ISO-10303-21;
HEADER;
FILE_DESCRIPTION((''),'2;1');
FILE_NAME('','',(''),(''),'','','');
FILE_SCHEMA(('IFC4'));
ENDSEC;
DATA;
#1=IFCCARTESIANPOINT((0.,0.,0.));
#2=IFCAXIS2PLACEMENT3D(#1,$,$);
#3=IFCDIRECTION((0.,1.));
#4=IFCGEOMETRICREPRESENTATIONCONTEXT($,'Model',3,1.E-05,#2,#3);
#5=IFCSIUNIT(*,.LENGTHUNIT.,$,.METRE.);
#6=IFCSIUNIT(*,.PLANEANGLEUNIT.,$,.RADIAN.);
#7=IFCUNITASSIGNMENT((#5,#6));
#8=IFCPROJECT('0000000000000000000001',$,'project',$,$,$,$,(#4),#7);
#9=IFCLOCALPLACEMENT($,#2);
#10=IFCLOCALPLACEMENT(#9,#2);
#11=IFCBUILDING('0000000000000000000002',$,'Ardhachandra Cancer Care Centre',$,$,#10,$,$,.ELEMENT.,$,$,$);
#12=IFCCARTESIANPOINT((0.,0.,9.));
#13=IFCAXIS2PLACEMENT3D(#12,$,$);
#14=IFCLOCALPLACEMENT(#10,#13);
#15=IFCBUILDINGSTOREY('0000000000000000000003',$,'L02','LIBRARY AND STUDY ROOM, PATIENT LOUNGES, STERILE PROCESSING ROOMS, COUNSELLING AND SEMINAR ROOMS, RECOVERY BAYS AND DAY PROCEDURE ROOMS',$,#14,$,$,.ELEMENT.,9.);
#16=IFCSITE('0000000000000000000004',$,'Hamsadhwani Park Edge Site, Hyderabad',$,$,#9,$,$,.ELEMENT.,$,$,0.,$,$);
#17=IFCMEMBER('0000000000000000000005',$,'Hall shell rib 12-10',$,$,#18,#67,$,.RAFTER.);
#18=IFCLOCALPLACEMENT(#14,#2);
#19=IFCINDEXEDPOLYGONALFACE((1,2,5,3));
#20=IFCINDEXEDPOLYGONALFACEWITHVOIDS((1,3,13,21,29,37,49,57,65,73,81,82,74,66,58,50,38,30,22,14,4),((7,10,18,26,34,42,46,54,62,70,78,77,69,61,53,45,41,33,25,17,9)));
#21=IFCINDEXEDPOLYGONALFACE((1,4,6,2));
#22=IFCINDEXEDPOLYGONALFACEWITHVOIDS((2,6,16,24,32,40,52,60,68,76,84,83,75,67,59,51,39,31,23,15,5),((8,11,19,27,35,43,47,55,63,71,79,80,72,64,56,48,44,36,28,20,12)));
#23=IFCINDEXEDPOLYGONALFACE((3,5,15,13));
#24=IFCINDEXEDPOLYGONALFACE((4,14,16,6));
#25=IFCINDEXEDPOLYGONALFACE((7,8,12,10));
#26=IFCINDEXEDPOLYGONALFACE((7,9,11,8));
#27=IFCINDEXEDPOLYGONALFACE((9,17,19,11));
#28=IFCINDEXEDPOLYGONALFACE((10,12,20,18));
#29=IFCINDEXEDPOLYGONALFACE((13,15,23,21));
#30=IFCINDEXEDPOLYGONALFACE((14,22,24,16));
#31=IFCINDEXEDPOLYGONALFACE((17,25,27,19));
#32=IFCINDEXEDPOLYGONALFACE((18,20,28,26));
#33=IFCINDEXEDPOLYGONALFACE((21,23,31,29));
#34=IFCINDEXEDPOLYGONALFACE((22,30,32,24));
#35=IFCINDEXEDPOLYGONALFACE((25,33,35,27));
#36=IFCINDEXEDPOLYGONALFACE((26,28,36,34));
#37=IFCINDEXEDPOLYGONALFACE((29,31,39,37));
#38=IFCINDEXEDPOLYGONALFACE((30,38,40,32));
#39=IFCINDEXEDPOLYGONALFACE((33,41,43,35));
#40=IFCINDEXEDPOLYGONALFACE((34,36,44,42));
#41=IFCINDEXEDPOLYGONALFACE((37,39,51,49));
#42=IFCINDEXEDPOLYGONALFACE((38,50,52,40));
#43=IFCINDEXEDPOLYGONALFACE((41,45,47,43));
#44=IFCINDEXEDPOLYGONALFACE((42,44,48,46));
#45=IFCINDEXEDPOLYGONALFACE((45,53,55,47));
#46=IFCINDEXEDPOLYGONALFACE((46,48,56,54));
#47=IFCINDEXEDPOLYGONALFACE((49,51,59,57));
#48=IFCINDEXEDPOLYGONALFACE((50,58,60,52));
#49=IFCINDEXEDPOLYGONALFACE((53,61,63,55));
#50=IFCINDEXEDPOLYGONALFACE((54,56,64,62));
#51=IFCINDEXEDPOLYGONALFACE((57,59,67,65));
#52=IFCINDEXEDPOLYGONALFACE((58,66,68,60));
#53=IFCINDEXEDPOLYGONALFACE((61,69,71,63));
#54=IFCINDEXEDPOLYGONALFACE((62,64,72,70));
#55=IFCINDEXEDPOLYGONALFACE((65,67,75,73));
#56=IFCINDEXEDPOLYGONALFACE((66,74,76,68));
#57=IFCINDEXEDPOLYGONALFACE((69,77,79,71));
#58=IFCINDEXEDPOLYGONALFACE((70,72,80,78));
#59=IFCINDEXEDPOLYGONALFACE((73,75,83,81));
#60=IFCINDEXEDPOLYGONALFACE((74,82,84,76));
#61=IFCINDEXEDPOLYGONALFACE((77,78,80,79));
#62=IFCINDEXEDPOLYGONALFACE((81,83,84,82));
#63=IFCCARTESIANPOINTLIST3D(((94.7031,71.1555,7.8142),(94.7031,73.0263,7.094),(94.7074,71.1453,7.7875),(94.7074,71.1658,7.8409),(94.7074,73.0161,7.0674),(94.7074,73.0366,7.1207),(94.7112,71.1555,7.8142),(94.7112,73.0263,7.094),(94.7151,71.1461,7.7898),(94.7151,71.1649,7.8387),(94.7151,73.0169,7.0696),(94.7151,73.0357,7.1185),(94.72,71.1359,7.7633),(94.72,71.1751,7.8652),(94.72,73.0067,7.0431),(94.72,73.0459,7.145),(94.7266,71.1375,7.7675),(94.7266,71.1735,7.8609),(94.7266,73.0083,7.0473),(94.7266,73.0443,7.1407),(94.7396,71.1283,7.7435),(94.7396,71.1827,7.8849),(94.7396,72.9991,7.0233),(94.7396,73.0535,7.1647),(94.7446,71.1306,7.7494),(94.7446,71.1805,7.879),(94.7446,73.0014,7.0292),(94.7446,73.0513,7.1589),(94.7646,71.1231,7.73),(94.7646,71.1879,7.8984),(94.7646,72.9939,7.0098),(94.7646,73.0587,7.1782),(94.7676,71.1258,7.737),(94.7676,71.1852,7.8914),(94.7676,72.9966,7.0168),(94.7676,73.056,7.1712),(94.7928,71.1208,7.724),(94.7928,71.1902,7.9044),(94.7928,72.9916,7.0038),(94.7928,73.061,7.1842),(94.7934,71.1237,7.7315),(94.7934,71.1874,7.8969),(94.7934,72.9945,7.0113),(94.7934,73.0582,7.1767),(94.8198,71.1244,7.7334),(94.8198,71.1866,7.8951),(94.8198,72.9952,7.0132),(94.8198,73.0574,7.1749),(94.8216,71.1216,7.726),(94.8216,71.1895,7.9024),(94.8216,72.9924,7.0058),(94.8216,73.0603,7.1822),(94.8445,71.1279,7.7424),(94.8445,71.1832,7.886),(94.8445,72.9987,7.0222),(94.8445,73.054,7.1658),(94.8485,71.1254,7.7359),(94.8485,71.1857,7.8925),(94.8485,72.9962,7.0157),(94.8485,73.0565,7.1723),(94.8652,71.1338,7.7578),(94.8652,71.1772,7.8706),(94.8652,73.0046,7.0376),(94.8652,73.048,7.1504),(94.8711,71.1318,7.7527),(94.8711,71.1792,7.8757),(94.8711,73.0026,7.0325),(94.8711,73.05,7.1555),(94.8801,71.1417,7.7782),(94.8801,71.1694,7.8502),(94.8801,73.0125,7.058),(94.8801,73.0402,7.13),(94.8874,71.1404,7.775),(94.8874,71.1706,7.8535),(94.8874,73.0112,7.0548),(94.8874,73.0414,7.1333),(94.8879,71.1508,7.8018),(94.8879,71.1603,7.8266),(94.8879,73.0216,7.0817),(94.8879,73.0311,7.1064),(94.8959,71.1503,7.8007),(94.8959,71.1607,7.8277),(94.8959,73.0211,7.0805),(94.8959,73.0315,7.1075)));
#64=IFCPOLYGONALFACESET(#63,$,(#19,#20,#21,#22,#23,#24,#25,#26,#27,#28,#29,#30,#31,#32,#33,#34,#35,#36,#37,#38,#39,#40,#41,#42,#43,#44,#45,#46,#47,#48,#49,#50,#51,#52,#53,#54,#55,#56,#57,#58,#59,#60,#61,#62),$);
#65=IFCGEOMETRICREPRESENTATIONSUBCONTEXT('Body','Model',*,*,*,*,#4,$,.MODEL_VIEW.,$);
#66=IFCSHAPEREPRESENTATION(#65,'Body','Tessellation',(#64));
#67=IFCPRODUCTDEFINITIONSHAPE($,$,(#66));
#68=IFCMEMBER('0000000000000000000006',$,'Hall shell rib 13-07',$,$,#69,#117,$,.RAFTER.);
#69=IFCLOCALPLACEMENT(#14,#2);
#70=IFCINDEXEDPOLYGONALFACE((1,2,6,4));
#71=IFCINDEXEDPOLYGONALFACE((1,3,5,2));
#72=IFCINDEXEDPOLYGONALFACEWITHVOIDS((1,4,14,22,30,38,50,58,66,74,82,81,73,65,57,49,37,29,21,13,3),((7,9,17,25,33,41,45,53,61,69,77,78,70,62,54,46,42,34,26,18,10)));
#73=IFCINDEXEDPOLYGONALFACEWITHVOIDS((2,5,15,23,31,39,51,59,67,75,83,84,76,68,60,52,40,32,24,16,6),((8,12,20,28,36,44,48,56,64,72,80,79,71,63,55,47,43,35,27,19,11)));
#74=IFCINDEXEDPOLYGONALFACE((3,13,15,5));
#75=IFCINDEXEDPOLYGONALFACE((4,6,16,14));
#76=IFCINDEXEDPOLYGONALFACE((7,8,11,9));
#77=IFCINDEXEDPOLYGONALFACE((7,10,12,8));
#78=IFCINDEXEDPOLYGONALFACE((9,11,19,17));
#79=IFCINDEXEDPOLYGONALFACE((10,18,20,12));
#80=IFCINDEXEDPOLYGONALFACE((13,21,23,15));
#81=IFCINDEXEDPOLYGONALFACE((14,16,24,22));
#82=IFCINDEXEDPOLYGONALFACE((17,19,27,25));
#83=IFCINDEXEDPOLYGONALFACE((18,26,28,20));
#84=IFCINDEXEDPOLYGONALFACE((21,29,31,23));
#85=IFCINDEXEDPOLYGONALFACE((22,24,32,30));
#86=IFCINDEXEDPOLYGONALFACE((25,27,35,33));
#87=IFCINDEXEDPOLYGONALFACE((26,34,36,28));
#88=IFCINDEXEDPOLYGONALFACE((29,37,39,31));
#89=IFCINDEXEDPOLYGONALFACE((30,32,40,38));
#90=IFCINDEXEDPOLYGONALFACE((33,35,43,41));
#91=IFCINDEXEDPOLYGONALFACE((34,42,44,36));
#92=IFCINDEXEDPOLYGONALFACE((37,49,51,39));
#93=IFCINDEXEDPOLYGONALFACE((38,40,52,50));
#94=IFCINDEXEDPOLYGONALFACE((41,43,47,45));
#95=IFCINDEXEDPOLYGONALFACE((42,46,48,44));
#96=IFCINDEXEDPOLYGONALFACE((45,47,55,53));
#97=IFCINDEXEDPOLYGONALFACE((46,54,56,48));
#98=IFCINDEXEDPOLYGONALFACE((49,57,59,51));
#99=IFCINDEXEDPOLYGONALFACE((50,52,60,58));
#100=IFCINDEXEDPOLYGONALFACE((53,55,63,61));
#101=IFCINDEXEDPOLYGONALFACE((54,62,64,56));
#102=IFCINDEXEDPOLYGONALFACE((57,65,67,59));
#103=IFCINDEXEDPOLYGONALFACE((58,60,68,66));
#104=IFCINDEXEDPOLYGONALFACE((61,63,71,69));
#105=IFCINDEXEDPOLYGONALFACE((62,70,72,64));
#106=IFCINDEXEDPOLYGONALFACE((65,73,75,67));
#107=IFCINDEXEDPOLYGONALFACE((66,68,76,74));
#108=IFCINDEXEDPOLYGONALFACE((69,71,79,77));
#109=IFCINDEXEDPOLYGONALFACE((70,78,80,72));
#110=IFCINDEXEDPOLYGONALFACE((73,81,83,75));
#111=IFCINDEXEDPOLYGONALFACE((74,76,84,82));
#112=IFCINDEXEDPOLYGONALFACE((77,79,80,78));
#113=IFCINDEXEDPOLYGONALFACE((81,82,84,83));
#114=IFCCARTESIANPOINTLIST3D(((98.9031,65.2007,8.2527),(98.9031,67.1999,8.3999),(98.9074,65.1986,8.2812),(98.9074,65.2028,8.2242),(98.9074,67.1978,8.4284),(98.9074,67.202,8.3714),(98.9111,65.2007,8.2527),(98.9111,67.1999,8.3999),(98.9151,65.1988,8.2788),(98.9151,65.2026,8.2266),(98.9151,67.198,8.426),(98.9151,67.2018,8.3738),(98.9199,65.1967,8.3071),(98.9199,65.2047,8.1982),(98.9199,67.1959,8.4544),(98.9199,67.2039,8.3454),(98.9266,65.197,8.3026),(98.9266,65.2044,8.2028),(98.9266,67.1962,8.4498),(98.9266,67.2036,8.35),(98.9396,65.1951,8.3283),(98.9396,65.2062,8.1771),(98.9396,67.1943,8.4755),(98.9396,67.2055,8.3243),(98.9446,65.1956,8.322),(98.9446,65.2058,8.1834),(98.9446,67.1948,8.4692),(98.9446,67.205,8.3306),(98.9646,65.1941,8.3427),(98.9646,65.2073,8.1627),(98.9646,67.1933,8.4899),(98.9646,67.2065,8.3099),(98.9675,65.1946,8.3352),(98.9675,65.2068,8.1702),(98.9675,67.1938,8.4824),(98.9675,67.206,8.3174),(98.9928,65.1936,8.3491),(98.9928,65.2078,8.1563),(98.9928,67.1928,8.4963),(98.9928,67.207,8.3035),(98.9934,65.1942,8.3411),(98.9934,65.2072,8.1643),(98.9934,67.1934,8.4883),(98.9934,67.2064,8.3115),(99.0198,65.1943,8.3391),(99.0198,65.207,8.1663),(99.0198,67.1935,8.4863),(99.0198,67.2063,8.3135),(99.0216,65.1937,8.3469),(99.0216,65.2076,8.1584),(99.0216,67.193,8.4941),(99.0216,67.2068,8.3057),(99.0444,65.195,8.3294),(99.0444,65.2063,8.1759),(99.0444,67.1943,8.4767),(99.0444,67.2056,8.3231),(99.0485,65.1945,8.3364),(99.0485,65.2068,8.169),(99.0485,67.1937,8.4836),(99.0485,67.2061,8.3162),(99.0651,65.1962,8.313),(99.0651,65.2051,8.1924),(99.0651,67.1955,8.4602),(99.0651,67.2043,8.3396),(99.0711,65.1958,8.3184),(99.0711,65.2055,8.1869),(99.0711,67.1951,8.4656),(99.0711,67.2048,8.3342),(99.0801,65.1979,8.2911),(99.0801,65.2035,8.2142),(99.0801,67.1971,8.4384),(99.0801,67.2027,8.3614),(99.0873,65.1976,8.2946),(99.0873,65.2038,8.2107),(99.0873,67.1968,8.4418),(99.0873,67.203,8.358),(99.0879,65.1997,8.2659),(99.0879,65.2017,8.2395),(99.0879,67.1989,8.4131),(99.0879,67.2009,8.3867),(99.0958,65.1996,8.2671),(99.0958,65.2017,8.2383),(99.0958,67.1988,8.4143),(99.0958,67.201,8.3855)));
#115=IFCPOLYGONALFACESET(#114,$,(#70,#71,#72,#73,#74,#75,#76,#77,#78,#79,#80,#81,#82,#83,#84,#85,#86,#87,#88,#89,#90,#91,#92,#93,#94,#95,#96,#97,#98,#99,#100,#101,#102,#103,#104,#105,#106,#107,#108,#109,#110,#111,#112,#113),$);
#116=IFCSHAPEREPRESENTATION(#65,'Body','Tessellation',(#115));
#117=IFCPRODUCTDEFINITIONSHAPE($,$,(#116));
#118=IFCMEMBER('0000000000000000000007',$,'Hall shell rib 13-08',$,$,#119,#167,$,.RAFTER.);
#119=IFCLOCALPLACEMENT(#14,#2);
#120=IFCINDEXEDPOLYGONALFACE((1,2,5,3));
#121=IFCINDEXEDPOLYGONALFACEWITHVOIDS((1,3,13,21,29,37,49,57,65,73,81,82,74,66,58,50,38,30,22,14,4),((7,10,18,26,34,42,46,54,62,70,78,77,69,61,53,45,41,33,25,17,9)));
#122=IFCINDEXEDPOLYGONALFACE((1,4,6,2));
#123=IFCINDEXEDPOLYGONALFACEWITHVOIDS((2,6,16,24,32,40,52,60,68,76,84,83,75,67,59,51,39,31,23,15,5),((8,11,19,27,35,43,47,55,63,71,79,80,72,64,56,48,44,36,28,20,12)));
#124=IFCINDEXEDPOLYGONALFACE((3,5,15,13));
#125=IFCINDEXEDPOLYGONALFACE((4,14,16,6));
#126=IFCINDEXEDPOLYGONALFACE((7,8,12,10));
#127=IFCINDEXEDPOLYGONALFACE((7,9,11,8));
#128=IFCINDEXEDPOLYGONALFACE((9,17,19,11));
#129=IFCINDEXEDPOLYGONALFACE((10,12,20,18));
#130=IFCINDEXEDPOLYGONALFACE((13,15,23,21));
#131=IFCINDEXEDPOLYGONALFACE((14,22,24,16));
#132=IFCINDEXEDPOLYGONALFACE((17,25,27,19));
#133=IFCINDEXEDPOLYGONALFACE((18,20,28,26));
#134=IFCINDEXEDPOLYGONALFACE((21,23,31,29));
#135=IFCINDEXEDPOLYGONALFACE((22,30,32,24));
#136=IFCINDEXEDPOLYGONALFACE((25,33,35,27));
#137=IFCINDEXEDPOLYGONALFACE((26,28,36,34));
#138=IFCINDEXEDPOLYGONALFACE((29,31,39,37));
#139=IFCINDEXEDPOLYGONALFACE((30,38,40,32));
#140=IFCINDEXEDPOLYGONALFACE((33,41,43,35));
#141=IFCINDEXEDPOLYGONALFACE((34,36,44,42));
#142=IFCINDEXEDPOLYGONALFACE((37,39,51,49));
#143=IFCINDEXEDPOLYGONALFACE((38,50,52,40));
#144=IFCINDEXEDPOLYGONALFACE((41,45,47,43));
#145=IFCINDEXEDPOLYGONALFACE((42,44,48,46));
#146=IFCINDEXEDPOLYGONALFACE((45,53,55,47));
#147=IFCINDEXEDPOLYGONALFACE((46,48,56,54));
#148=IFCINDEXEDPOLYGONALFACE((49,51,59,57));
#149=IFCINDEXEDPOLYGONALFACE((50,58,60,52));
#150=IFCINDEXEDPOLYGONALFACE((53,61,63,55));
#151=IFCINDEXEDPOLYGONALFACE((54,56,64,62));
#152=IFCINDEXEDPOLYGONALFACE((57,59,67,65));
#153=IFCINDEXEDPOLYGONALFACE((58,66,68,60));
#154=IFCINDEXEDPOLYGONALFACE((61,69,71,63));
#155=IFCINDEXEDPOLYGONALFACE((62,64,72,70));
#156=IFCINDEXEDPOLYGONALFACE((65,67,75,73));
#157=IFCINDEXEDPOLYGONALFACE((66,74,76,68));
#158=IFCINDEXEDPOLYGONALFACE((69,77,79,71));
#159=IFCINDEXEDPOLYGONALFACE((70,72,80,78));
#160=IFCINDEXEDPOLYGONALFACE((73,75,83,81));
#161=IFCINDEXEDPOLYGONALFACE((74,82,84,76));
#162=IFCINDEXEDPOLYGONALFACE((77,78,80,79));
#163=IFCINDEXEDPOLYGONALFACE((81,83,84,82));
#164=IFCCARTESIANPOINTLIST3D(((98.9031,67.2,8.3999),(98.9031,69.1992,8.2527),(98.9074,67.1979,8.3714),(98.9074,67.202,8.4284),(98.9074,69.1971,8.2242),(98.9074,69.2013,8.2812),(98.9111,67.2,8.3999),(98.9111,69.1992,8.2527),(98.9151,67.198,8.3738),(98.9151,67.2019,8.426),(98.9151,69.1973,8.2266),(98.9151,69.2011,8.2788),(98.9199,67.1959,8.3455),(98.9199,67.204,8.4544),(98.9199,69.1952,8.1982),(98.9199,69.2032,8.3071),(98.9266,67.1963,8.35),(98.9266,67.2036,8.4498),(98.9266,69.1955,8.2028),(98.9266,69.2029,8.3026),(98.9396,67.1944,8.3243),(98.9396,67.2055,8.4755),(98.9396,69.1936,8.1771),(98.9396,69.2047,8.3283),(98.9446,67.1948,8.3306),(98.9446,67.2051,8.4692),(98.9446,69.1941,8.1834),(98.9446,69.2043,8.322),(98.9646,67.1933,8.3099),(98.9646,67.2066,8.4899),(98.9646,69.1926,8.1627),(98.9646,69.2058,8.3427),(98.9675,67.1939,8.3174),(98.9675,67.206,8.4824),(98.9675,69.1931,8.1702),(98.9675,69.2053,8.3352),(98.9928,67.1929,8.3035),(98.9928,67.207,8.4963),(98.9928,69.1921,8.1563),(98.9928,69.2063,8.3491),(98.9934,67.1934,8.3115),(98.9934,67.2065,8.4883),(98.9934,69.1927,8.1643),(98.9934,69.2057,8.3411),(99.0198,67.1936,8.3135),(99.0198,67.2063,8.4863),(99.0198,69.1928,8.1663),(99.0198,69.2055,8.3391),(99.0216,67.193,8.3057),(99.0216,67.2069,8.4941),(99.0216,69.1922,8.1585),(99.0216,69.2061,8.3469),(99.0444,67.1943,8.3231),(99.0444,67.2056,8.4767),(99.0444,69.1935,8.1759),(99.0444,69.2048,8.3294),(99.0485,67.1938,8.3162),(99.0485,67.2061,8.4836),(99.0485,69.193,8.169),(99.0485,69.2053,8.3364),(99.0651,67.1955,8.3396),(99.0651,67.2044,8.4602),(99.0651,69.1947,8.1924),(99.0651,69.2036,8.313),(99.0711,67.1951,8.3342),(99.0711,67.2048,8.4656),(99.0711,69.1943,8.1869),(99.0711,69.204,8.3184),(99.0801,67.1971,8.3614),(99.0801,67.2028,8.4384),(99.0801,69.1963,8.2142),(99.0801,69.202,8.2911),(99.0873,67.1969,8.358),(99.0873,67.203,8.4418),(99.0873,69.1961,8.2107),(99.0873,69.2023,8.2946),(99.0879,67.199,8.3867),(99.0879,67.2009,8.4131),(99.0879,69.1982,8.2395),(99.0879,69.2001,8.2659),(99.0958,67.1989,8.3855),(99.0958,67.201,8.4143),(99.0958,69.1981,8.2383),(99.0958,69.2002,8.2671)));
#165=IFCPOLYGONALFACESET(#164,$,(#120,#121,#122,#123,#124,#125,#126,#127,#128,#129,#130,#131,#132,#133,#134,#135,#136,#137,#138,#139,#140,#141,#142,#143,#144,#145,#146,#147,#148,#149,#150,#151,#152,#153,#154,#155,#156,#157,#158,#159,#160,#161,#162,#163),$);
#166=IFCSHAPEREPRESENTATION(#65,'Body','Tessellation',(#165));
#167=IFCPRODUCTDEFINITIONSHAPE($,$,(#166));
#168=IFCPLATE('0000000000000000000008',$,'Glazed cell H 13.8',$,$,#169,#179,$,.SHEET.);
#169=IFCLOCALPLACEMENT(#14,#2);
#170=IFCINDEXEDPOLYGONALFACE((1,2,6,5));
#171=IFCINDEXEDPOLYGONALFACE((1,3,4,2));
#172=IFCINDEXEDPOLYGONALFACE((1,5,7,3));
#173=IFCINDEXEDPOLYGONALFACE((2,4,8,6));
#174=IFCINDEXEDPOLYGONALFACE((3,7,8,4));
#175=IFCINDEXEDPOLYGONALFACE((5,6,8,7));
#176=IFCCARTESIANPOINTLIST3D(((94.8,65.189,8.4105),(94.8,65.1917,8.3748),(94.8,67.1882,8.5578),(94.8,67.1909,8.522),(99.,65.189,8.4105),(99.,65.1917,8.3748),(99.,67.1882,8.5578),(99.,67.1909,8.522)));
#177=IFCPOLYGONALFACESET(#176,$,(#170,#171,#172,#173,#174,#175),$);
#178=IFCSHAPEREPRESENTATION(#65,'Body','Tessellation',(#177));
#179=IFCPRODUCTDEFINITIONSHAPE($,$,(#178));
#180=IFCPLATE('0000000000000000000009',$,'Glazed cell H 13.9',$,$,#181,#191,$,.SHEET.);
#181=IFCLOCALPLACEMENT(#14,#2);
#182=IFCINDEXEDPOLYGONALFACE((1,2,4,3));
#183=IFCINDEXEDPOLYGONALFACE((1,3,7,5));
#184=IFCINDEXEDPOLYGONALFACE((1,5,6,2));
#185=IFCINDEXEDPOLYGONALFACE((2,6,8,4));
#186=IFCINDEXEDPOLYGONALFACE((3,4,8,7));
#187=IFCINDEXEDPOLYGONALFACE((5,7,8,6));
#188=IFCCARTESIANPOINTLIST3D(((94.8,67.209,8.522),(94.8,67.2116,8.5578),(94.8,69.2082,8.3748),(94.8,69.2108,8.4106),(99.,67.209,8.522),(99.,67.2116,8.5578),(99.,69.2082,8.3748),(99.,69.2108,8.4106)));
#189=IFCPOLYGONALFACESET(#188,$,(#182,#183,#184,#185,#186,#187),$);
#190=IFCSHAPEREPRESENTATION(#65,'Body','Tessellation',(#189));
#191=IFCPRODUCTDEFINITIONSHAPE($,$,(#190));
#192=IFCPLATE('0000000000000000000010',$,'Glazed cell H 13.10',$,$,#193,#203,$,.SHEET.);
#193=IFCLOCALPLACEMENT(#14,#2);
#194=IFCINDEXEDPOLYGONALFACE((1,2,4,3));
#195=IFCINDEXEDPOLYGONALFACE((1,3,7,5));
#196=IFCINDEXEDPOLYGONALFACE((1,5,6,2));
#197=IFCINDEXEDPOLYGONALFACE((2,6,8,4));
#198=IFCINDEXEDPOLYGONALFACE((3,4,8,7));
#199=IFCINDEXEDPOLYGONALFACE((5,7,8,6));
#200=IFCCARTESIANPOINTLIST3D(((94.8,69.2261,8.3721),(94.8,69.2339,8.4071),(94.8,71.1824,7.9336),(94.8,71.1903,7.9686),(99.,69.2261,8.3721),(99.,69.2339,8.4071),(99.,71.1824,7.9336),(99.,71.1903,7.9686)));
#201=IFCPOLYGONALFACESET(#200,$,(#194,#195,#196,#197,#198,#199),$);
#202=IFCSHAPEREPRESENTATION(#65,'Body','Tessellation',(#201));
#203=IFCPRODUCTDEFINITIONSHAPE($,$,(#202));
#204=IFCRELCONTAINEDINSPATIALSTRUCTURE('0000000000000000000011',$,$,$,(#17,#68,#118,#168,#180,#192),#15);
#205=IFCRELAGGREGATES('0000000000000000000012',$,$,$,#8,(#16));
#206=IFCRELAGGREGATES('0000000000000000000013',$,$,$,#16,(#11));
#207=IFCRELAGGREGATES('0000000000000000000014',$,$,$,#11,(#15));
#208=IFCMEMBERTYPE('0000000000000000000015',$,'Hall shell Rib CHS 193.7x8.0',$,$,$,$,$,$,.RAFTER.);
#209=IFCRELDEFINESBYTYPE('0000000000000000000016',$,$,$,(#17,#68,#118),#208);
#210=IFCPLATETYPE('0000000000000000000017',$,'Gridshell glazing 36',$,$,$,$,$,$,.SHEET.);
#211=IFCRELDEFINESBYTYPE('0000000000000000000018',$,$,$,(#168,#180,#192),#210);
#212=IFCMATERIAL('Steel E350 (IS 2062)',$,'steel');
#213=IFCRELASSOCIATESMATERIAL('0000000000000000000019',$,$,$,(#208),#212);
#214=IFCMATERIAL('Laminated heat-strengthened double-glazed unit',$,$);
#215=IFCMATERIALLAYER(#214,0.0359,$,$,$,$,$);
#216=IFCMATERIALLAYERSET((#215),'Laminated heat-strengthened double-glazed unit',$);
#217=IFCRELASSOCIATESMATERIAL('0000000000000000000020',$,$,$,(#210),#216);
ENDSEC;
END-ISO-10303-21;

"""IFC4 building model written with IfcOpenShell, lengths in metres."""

from ifc_helpers import new_model, si_unit, direction, frame, origin, origin_2d, place, context, subcontext, project, spatial, polyline, hollow_circle, outline, extrude, material, layer, layer_set, material_profile, profile_set, type_object, element, save


model = new_model("IFC4")

# Units and contexts
model_context = context("Model", 3, precision=1e-05, world=origin(), true_north=direction((0.0, 1.0)))
body_context = subcontext(model_context, "Body", "Model", "MODEL_VIEW")
ifc_project = project(units=[si_unit("LENGTHUNIT", "METRE"), si_unit("PLANEANGLEUNIT", "RADIAN")], contexts=[model_context])

# Site, building, storey
site_placement = place(None, origin())
site = spatial("IfcSite", under=ifc_project, at=site_placement, Name="Hamsadhwani Park Edge Site, Hyderabad", CompositionType="ELEMENT", RefElevation=0.0)
building_placement = place(site_placement, origin())
building = spatial("IfcBuilding", under=site, at=building_placement, Name="Ardhachandra Cancer Care Centre", CompositionType="ELEMENT")
storey_placement = place(building_placement, frame((0.0, 0.0, 9.0)))
storey = spatial("IfcBuildingStorey", under=building, at=storey_placement, Name="L02", Description="LIBRARY AND STUDY ROOM, PATIENT LOUNGES, STERILE PROCESSING ROOMS, COUNSELLING AND SEMINAR ROOMS, RECOVERY BAYS AND DAY PROCEDURE ROOMS", CompositionType="ELEMENT", Elevation=9.0)

# Members
ifc_material_1 = material(Name="Steel E350 (IS 2062)", Category="steel")
ifc_material_profile_1 = material_profile(ifc_material_1, hollow_circle(Radius=0.0969, WallThickness=0.0081, at=origin_2d()), Name="CHS 193.7x8.0")
ifc_profile_set_1 = profile_set([ifc_material_profile_1], Name="Steel E350 (IS 2062)")
member_type_1 = type_object("IfcMemberType", Name="Hall shell Rib CHS 193.7x8.0", PredefinedType="RAFTER", material=ifc_profile_set_1)
for number, where, z_axis, x_axis, name in (
    (1, (94.8, 71.1555, 7.8142), (0.0, 0.933236, -0.359265), (-1.0, 0.0, 0.0), "Hall shell rib 12-10"),
    (2, (99.0, 65.2007, 8.2527), (0.0, 0.9973, 0.073437), (-1.0, 0.0, 0.0), "Hall shell rib 13-07"),
    (3, (99.0, 67.2, 8.3999), (0.0, 0.9973, -0.073437), (-1.0, 0.0, 0.0), "Hall shell rib 13-08"),
):
    element("IfcMember", number, at=place(storey_placement, frame(where, z_axis=z_axis, x_axis=x_axis)), inside=storey, type_object=member_type_1, Name=name, PredefinedType="RAFTER", context=body_context, shape_type="SweptSolid", body=[
        extrude(hollow_circle(Radius=0.0969, WallThickness=0.0081, at=origin_2d()), origin(), (0.0, 0.0, 1.0), 2.0046),
    ])

# Plates
ifc_material_2 = material(Name="Laminated heat-strengthened double-glazed unit")
ifc_layer = layer(ifc_material_2, 0.0359)
ifc_layer_set = layer_set([ifc_layer], Name="Laminated heat-strengthened double-glazed unit")
plate_type = type_object("IfcPlateType", Name="Gridshell glazing 36", PredefinedType="SHEET", material=ifc_layer_set)
for number, where, z_axis, x_axis, name in (
    (4, (94.8, 65.1917, 8.3748), (0.0, -0.073437, 0.9973), (1.0, 0.0, 0.0), "Glazed cell H 13.8"),
    (5, (94.8, 67.209, 8.522), (0.0, 0.073437, 0.9973), (1.0, 0.0, 0.0), "Glazed cell H 13.9"),
):
    element("IfcPlate", number, at=place(storey_placement, frame(where, z_axis=z_axis, x_axis=x_axis)), inside=storey, type_object=plate_type, Name=name, PredefinedType="SHEET", context=body_context, shape_type="SweptSolid", body=[
        extrude(outline(polyline([(0.0, 0.0), (4.2, 0.0), (4.2, 2.0046), (0.0, 2.0046), (0.0, 0.0)])), origin(), (0.0, 0.0, 1.0), 0.0359),
    ])
plate_1_placement = place(storey_placement, frame((94.8, 69.2261, 8.3721), z_axis=(0.0, 0.218709, 0.97579), x_axis=(1.0, 0.0, 0.0)))
element("IfcPlate", 6, at=plate_1_placement, inside=storey, type_object=plate_type, Name="Glazed cell H 13.10", PredefinedType="SHEET", context=body_context, shape_type="SweptSolid", body=[
    extrude(outline(polyline([(0.0, 0.0), (4.2, 0.0), (4.2, 2.0049), (0.0, 2.0049), (0.0, 0.0)])), origin(), (0.0, 0.0, 1.0), 0.0359),
])

save(model, "model.ifc")
